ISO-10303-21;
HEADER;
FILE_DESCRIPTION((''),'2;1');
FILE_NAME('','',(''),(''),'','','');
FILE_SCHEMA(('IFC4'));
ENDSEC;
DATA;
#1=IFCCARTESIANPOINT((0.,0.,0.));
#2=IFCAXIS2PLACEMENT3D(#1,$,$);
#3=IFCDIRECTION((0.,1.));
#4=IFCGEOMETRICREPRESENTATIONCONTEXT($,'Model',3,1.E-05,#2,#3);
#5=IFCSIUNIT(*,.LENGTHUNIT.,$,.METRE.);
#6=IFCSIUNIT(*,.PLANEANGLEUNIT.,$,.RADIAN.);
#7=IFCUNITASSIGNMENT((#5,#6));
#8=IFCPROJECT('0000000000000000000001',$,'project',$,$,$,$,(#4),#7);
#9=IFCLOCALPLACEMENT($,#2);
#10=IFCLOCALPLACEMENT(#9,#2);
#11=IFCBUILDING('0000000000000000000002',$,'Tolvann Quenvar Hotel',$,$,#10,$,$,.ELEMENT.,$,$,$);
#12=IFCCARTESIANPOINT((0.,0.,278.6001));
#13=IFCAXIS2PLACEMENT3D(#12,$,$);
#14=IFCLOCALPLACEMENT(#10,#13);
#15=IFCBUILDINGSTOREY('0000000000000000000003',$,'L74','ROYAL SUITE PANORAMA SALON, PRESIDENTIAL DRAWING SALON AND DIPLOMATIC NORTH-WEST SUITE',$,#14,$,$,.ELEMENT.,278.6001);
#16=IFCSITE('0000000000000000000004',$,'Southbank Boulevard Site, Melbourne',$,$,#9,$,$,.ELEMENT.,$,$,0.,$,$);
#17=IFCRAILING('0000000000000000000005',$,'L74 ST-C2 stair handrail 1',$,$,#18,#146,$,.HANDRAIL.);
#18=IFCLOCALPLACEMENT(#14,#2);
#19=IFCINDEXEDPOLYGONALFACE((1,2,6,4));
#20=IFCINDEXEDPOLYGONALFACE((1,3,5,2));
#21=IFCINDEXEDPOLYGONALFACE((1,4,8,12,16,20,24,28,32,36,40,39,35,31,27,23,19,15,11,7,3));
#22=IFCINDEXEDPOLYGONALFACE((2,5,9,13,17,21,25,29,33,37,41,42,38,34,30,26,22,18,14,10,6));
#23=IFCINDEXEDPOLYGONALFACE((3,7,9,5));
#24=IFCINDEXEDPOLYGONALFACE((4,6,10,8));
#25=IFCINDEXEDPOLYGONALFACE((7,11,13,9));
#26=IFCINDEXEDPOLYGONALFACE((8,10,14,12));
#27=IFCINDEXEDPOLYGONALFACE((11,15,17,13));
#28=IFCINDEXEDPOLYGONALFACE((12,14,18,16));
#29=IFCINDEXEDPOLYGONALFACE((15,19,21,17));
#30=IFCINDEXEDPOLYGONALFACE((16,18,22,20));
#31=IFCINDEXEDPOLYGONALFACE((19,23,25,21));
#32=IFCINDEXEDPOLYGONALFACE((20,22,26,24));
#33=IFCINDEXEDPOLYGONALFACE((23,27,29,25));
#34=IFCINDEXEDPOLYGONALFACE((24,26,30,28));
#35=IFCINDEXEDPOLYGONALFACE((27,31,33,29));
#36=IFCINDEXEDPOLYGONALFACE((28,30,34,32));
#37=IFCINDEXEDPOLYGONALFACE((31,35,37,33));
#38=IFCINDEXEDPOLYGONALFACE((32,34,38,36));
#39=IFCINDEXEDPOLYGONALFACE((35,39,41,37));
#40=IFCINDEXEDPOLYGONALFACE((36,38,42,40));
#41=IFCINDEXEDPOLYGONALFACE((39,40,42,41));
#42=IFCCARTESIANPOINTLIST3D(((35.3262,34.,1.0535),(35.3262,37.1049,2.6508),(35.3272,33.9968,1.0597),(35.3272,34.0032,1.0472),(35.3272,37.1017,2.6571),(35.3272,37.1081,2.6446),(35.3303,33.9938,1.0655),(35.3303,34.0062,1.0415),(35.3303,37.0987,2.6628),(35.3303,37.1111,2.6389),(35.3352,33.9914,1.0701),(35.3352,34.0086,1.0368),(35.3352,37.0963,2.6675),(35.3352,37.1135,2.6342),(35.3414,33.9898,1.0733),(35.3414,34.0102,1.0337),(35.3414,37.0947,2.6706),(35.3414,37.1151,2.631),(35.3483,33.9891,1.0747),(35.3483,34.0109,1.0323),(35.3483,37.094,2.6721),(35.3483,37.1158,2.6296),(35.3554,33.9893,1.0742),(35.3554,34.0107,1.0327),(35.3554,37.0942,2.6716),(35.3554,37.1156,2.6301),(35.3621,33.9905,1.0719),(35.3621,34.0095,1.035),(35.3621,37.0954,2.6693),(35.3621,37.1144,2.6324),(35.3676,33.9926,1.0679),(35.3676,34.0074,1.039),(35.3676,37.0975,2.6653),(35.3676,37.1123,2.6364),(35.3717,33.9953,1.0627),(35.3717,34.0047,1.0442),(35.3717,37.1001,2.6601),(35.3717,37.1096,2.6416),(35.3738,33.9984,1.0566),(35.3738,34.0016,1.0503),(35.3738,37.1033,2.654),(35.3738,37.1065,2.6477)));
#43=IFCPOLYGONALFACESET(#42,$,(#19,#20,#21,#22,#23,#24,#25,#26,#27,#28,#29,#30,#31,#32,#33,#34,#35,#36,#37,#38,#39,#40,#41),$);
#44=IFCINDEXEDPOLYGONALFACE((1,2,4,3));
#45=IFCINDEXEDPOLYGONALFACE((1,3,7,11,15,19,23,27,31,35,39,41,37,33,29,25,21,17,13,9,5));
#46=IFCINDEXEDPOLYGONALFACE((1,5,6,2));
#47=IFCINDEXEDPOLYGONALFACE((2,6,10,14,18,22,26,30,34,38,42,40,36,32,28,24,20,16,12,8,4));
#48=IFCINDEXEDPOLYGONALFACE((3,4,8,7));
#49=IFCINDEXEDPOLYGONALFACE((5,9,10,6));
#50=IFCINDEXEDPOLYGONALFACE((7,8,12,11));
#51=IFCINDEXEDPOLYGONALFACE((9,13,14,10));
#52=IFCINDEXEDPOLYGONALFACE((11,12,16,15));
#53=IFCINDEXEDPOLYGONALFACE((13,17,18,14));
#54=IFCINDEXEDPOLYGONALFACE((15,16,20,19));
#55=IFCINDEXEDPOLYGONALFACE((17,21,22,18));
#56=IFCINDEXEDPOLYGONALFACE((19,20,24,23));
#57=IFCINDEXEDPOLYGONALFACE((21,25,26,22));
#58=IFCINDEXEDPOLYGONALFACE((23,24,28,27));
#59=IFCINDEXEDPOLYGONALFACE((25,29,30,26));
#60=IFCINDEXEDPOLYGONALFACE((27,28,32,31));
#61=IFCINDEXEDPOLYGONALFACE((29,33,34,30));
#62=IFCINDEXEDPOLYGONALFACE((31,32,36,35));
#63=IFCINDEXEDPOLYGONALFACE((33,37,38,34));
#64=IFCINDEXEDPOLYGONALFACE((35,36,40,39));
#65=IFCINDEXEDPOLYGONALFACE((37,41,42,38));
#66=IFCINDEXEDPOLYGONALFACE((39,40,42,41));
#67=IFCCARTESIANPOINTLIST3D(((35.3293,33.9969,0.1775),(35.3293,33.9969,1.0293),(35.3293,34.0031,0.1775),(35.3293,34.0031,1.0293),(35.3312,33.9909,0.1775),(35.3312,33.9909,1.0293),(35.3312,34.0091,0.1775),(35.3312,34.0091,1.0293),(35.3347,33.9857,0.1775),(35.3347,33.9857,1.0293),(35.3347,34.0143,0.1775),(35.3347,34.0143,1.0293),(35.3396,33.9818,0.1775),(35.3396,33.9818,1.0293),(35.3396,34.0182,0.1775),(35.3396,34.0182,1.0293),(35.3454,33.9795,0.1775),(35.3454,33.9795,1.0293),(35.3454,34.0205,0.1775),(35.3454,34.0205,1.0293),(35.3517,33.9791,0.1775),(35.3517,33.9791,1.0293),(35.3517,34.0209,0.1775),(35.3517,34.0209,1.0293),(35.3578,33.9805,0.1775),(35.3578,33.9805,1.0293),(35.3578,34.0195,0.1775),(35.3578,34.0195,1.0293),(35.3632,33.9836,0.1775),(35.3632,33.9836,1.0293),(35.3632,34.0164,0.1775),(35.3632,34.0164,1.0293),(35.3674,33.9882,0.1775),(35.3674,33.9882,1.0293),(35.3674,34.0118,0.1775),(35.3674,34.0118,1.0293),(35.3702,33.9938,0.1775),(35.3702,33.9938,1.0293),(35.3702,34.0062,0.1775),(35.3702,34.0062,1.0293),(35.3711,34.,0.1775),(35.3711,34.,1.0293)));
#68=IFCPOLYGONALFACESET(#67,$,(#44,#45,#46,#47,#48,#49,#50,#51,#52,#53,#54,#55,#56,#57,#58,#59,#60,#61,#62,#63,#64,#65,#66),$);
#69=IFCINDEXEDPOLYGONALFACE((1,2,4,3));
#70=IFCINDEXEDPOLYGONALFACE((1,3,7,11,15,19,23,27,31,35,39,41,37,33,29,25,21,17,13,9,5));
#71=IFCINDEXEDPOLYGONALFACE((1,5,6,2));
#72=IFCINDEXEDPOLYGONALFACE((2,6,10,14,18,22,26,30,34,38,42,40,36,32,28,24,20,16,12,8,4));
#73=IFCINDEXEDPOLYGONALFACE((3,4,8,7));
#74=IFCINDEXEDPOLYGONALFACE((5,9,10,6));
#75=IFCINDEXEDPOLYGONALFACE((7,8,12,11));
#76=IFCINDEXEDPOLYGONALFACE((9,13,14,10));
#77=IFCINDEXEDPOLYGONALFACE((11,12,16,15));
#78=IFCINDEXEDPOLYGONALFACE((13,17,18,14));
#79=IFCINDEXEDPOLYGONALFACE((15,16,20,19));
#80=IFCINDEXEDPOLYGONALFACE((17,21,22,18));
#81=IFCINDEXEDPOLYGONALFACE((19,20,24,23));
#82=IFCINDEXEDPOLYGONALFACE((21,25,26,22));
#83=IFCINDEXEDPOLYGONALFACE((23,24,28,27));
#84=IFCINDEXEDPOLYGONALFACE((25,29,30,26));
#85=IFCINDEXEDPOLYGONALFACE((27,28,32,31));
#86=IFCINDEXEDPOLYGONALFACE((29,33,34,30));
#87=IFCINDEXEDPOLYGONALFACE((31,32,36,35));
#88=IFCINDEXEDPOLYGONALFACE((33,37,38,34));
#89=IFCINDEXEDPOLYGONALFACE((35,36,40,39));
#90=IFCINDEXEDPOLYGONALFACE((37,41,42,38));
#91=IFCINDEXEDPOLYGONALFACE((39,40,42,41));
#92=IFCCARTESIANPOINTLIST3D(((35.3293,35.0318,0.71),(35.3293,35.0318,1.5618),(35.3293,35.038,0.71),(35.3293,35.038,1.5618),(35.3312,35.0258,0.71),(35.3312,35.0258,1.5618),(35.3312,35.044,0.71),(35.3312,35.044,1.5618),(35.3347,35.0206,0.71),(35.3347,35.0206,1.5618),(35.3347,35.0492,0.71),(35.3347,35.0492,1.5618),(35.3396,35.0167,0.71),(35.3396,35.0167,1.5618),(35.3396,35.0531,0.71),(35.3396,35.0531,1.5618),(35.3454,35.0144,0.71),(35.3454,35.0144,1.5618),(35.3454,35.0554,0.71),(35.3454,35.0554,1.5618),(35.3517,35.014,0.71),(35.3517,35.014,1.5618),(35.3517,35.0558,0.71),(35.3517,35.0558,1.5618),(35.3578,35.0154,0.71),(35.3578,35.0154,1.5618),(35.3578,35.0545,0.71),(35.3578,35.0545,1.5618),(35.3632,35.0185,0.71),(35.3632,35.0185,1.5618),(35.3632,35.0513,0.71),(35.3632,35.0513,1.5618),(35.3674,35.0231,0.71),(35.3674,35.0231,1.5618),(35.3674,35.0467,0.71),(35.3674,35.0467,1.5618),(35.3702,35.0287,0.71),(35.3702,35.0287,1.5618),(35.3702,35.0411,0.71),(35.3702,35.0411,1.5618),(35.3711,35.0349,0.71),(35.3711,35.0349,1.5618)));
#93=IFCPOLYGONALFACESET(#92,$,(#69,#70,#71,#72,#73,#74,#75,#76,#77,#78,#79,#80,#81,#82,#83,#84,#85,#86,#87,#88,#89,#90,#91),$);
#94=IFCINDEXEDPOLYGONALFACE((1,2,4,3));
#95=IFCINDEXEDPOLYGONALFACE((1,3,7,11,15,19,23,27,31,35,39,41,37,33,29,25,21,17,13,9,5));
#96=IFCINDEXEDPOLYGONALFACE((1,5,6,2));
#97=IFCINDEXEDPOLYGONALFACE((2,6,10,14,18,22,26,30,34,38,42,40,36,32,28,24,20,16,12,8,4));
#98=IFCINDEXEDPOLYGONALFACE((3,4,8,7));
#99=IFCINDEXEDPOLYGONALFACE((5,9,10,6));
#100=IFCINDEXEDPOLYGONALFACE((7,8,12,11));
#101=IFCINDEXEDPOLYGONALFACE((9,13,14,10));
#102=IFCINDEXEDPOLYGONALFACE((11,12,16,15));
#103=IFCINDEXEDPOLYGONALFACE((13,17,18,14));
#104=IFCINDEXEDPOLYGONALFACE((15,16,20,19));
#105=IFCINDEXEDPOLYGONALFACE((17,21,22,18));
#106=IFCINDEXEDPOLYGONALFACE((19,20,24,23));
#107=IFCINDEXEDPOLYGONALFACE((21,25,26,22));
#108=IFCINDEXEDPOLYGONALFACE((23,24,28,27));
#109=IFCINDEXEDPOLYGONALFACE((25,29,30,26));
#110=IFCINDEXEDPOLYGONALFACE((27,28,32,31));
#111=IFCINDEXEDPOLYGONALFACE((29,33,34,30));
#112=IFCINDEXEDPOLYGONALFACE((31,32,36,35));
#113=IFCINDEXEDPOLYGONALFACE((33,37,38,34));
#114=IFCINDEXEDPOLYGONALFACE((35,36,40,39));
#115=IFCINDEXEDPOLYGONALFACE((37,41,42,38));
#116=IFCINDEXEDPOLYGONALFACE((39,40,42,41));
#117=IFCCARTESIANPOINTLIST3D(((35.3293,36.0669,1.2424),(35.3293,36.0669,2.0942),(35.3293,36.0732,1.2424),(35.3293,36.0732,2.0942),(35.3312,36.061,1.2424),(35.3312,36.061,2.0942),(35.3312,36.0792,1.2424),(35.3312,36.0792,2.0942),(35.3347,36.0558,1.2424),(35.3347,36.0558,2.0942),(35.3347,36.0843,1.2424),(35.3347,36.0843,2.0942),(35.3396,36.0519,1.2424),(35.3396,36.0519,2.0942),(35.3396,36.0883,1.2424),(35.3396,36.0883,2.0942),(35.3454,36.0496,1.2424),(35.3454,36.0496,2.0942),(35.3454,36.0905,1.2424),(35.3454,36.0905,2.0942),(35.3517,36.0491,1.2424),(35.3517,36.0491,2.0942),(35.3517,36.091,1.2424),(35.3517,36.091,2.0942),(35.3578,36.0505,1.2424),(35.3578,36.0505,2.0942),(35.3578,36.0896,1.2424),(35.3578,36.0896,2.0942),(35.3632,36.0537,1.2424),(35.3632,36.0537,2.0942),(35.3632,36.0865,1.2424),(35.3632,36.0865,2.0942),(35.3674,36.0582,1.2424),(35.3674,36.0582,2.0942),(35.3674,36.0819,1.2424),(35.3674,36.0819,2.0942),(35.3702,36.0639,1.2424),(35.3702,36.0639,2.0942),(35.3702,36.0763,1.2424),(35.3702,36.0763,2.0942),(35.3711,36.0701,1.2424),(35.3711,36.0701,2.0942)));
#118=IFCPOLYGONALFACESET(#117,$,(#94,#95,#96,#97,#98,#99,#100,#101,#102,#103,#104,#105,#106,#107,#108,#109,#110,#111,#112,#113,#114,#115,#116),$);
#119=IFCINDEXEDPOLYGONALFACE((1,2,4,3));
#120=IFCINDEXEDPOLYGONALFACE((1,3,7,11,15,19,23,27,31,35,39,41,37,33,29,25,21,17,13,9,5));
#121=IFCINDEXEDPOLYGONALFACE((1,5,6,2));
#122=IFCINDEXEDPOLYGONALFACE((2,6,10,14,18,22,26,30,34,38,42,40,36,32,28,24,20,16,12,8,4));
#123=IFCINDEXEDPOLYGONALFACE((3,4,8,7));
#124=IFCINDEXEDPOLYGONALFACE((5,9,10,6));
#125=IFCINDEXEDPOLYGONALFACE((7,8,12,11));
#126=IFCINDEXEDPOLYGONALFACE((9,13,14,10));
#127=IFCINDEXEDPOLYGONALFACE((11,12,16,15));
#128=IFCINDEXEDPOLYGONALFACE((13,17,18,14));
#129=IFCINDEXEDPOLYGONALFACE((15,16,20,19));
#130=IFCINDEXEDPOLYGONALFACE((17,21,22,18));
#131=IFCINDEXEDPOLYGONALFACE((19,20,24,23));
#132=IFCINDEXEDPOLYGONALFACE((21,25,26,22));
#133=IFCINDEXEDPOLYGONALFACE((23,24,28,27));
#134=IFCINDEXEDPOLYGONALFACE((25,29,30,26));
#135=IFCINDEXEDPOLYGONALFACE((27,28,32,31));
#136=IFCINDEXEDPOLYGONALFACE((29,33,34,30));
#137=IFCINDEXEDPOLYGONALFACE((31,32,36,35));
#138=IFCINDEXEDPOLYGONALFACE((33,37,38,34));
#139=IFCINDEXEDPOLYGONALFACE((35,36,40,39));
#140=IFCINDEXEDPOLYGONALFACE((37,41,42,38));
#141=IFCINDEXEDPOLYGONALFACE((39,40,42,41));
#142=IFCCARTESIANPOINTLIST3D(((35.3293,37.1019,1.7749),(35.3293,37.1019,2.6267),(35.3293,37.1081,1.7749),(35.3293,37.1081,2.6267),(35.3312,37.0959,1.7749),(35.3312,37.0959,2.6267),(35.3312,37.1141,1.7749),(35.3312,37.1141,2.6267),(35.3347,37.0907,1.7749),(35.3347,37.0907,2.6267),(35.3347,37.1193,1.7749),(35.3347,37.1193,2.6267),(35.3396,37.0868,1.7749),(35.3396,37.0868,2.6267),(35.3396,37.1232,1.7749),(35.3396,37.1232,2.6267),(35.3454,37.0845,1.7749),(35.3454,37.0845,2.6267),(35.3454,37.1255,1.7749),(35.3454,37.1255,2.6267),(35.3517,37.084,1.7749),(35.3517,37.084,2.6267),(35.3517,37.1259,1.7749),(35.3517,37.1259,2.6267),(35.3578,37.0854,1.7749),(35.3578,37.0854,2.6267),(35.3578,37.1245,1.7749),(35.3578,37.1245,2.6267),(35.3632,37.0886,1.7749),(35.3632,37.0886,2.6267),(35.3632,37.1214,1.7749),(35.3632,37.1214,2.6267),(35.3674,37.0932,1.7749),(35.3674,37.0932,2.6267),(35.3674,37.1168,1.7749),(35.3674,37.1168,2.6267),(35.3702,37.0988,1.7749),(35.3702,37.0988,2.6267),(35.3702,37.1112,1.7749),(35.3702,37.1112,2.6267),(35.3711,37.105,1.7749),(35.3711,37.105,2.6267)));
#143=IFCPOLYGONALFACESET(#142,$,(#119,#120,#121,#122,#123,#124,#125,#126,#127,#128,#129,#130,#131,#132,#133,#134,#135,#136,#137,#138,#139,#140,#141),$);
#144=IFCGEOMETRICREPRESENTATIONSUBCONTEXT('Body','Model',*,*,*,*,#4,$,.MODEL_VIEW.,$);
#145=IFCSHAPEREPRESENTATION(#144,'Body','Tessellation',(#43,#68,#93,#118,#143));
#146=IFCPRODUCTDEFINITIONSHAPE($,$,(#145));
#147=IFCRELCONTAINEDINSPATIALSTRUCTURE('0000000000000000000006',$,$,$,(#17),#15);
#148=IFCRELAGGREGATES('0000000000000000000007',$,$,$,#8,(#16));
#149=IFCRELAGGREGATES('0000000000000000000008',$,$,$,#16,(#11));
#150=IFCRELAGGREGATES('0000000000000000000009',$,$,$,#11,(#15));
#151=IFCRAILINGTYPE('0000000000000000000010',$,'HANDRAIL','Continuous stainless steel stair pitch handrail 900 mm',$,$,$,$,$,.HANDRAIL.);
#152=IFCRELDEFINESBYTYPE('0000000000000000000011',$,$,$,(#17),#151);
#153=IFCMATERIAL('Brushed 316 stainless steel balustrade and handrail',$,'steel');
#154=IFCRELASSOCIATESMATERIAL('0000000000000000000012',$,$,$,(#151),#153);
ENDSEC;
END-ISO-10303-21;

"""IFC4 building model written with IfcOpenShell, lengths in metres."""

from ifc_helpers import new_model, si_unit, direction, frame, origin, origin_2d, place, context, subcontext, project, spatial, circle, extrude, material, type_object, element, save


model = new_model("IFC4")

# Units and contexts
model_context = context("Model", 3, precision=1e-05, world=origin(), true_north=direction((0.0, 1.0)))
body_context = subcontext(model_context, "Body", "Model", "MODEL_VIEW")
ifc_project = project(units=[si_unit("LENGTHUNIT", "METRE"), si_unit("PLANEANGLEUNIT", "RADIAN")], contexts=[model_context])

# Site, building, storey
site_placement = place(None, origin())
site = spatial("IfcSite", under=ifc_project, at=site_placement, Name="Southbank Boulevard Site, Melbourne", CompositionType="ELEMENT", RefElevation=0.0)
building_placement = place(site_placement, origin())
building = spatial("IfcBuilding", under=site, at=building_placement, Name="Tolvann Quenvar Hotel", CompositionType="ELEMENT")
storey_placement = place(building_placement, frame((0.0, 0.0, 278.6001)))
storey = spatial("IfcBuildingStorey", under=building, at=storey_placement, Name="L74", Description="ROYAL SUITE PANORAMA SALON, PRESIDENTIAL DRAWING SALON AND DIPLOMATIC NORTH-WEST SUITE", CompositionType="ELEMENT", Elevation=278.6001)

# Railing
ifc_material_1 = material(Name="Brushed 316 stainless steel balustrade and handrail", Category="steel")
railing_type_1 = type_object("IfcRailingType", Name="HANDRAIL", Description="Continuous stainless steel stair pitch handrail 900 mm", PredefinedType="HANDRAIL", material=ifc_material_1)
railing_1_placement = place(storey_placement, frame((35.3501, 34.0, 0.1775)))
element("IfcRailing", 1, at=railing_1_placement, inside=storey, type_object=railing_type_1, Name="L74 ST-C2 stair handrail 1", PredefinedType="HANDRAIL", context=body_context, shape_type="SweptSolid", body=[
    extrude(circle(Radius=0.0239, at=origin_2d()), frame((0.0, 0.0, 0.876), z_axis=(0.0, 0.889222, 0.457476), x_axis=(-1.0, 0.0, 0.0)), (0.0, 0.0, 1.0), 3.4917),
    extrude(circle(Radius=0.021, at=origin_2d()), origin(), (0.0, 0.0, 1.0), 0.8518),
    extrude(circle(Radius=0.021, at=origin_2d()), frame((0.0, 1.0349, 0.5325)), (0.0, 0.0, 1.0), 0.8518),
    extrude(circle(Radius=0.021, at=origin_2d()), frame((0.0, 2.0701, 1.0649)), (0.0, 0.0, 1.0), 0.8518),
    extrude(circle(Radius=0.021, at=origin_2d()), frame((0.0, 3.105, 1.5974)), (0.0, 0.0, 1.0), 0.8518),
])

save(model, "model.ifc")
